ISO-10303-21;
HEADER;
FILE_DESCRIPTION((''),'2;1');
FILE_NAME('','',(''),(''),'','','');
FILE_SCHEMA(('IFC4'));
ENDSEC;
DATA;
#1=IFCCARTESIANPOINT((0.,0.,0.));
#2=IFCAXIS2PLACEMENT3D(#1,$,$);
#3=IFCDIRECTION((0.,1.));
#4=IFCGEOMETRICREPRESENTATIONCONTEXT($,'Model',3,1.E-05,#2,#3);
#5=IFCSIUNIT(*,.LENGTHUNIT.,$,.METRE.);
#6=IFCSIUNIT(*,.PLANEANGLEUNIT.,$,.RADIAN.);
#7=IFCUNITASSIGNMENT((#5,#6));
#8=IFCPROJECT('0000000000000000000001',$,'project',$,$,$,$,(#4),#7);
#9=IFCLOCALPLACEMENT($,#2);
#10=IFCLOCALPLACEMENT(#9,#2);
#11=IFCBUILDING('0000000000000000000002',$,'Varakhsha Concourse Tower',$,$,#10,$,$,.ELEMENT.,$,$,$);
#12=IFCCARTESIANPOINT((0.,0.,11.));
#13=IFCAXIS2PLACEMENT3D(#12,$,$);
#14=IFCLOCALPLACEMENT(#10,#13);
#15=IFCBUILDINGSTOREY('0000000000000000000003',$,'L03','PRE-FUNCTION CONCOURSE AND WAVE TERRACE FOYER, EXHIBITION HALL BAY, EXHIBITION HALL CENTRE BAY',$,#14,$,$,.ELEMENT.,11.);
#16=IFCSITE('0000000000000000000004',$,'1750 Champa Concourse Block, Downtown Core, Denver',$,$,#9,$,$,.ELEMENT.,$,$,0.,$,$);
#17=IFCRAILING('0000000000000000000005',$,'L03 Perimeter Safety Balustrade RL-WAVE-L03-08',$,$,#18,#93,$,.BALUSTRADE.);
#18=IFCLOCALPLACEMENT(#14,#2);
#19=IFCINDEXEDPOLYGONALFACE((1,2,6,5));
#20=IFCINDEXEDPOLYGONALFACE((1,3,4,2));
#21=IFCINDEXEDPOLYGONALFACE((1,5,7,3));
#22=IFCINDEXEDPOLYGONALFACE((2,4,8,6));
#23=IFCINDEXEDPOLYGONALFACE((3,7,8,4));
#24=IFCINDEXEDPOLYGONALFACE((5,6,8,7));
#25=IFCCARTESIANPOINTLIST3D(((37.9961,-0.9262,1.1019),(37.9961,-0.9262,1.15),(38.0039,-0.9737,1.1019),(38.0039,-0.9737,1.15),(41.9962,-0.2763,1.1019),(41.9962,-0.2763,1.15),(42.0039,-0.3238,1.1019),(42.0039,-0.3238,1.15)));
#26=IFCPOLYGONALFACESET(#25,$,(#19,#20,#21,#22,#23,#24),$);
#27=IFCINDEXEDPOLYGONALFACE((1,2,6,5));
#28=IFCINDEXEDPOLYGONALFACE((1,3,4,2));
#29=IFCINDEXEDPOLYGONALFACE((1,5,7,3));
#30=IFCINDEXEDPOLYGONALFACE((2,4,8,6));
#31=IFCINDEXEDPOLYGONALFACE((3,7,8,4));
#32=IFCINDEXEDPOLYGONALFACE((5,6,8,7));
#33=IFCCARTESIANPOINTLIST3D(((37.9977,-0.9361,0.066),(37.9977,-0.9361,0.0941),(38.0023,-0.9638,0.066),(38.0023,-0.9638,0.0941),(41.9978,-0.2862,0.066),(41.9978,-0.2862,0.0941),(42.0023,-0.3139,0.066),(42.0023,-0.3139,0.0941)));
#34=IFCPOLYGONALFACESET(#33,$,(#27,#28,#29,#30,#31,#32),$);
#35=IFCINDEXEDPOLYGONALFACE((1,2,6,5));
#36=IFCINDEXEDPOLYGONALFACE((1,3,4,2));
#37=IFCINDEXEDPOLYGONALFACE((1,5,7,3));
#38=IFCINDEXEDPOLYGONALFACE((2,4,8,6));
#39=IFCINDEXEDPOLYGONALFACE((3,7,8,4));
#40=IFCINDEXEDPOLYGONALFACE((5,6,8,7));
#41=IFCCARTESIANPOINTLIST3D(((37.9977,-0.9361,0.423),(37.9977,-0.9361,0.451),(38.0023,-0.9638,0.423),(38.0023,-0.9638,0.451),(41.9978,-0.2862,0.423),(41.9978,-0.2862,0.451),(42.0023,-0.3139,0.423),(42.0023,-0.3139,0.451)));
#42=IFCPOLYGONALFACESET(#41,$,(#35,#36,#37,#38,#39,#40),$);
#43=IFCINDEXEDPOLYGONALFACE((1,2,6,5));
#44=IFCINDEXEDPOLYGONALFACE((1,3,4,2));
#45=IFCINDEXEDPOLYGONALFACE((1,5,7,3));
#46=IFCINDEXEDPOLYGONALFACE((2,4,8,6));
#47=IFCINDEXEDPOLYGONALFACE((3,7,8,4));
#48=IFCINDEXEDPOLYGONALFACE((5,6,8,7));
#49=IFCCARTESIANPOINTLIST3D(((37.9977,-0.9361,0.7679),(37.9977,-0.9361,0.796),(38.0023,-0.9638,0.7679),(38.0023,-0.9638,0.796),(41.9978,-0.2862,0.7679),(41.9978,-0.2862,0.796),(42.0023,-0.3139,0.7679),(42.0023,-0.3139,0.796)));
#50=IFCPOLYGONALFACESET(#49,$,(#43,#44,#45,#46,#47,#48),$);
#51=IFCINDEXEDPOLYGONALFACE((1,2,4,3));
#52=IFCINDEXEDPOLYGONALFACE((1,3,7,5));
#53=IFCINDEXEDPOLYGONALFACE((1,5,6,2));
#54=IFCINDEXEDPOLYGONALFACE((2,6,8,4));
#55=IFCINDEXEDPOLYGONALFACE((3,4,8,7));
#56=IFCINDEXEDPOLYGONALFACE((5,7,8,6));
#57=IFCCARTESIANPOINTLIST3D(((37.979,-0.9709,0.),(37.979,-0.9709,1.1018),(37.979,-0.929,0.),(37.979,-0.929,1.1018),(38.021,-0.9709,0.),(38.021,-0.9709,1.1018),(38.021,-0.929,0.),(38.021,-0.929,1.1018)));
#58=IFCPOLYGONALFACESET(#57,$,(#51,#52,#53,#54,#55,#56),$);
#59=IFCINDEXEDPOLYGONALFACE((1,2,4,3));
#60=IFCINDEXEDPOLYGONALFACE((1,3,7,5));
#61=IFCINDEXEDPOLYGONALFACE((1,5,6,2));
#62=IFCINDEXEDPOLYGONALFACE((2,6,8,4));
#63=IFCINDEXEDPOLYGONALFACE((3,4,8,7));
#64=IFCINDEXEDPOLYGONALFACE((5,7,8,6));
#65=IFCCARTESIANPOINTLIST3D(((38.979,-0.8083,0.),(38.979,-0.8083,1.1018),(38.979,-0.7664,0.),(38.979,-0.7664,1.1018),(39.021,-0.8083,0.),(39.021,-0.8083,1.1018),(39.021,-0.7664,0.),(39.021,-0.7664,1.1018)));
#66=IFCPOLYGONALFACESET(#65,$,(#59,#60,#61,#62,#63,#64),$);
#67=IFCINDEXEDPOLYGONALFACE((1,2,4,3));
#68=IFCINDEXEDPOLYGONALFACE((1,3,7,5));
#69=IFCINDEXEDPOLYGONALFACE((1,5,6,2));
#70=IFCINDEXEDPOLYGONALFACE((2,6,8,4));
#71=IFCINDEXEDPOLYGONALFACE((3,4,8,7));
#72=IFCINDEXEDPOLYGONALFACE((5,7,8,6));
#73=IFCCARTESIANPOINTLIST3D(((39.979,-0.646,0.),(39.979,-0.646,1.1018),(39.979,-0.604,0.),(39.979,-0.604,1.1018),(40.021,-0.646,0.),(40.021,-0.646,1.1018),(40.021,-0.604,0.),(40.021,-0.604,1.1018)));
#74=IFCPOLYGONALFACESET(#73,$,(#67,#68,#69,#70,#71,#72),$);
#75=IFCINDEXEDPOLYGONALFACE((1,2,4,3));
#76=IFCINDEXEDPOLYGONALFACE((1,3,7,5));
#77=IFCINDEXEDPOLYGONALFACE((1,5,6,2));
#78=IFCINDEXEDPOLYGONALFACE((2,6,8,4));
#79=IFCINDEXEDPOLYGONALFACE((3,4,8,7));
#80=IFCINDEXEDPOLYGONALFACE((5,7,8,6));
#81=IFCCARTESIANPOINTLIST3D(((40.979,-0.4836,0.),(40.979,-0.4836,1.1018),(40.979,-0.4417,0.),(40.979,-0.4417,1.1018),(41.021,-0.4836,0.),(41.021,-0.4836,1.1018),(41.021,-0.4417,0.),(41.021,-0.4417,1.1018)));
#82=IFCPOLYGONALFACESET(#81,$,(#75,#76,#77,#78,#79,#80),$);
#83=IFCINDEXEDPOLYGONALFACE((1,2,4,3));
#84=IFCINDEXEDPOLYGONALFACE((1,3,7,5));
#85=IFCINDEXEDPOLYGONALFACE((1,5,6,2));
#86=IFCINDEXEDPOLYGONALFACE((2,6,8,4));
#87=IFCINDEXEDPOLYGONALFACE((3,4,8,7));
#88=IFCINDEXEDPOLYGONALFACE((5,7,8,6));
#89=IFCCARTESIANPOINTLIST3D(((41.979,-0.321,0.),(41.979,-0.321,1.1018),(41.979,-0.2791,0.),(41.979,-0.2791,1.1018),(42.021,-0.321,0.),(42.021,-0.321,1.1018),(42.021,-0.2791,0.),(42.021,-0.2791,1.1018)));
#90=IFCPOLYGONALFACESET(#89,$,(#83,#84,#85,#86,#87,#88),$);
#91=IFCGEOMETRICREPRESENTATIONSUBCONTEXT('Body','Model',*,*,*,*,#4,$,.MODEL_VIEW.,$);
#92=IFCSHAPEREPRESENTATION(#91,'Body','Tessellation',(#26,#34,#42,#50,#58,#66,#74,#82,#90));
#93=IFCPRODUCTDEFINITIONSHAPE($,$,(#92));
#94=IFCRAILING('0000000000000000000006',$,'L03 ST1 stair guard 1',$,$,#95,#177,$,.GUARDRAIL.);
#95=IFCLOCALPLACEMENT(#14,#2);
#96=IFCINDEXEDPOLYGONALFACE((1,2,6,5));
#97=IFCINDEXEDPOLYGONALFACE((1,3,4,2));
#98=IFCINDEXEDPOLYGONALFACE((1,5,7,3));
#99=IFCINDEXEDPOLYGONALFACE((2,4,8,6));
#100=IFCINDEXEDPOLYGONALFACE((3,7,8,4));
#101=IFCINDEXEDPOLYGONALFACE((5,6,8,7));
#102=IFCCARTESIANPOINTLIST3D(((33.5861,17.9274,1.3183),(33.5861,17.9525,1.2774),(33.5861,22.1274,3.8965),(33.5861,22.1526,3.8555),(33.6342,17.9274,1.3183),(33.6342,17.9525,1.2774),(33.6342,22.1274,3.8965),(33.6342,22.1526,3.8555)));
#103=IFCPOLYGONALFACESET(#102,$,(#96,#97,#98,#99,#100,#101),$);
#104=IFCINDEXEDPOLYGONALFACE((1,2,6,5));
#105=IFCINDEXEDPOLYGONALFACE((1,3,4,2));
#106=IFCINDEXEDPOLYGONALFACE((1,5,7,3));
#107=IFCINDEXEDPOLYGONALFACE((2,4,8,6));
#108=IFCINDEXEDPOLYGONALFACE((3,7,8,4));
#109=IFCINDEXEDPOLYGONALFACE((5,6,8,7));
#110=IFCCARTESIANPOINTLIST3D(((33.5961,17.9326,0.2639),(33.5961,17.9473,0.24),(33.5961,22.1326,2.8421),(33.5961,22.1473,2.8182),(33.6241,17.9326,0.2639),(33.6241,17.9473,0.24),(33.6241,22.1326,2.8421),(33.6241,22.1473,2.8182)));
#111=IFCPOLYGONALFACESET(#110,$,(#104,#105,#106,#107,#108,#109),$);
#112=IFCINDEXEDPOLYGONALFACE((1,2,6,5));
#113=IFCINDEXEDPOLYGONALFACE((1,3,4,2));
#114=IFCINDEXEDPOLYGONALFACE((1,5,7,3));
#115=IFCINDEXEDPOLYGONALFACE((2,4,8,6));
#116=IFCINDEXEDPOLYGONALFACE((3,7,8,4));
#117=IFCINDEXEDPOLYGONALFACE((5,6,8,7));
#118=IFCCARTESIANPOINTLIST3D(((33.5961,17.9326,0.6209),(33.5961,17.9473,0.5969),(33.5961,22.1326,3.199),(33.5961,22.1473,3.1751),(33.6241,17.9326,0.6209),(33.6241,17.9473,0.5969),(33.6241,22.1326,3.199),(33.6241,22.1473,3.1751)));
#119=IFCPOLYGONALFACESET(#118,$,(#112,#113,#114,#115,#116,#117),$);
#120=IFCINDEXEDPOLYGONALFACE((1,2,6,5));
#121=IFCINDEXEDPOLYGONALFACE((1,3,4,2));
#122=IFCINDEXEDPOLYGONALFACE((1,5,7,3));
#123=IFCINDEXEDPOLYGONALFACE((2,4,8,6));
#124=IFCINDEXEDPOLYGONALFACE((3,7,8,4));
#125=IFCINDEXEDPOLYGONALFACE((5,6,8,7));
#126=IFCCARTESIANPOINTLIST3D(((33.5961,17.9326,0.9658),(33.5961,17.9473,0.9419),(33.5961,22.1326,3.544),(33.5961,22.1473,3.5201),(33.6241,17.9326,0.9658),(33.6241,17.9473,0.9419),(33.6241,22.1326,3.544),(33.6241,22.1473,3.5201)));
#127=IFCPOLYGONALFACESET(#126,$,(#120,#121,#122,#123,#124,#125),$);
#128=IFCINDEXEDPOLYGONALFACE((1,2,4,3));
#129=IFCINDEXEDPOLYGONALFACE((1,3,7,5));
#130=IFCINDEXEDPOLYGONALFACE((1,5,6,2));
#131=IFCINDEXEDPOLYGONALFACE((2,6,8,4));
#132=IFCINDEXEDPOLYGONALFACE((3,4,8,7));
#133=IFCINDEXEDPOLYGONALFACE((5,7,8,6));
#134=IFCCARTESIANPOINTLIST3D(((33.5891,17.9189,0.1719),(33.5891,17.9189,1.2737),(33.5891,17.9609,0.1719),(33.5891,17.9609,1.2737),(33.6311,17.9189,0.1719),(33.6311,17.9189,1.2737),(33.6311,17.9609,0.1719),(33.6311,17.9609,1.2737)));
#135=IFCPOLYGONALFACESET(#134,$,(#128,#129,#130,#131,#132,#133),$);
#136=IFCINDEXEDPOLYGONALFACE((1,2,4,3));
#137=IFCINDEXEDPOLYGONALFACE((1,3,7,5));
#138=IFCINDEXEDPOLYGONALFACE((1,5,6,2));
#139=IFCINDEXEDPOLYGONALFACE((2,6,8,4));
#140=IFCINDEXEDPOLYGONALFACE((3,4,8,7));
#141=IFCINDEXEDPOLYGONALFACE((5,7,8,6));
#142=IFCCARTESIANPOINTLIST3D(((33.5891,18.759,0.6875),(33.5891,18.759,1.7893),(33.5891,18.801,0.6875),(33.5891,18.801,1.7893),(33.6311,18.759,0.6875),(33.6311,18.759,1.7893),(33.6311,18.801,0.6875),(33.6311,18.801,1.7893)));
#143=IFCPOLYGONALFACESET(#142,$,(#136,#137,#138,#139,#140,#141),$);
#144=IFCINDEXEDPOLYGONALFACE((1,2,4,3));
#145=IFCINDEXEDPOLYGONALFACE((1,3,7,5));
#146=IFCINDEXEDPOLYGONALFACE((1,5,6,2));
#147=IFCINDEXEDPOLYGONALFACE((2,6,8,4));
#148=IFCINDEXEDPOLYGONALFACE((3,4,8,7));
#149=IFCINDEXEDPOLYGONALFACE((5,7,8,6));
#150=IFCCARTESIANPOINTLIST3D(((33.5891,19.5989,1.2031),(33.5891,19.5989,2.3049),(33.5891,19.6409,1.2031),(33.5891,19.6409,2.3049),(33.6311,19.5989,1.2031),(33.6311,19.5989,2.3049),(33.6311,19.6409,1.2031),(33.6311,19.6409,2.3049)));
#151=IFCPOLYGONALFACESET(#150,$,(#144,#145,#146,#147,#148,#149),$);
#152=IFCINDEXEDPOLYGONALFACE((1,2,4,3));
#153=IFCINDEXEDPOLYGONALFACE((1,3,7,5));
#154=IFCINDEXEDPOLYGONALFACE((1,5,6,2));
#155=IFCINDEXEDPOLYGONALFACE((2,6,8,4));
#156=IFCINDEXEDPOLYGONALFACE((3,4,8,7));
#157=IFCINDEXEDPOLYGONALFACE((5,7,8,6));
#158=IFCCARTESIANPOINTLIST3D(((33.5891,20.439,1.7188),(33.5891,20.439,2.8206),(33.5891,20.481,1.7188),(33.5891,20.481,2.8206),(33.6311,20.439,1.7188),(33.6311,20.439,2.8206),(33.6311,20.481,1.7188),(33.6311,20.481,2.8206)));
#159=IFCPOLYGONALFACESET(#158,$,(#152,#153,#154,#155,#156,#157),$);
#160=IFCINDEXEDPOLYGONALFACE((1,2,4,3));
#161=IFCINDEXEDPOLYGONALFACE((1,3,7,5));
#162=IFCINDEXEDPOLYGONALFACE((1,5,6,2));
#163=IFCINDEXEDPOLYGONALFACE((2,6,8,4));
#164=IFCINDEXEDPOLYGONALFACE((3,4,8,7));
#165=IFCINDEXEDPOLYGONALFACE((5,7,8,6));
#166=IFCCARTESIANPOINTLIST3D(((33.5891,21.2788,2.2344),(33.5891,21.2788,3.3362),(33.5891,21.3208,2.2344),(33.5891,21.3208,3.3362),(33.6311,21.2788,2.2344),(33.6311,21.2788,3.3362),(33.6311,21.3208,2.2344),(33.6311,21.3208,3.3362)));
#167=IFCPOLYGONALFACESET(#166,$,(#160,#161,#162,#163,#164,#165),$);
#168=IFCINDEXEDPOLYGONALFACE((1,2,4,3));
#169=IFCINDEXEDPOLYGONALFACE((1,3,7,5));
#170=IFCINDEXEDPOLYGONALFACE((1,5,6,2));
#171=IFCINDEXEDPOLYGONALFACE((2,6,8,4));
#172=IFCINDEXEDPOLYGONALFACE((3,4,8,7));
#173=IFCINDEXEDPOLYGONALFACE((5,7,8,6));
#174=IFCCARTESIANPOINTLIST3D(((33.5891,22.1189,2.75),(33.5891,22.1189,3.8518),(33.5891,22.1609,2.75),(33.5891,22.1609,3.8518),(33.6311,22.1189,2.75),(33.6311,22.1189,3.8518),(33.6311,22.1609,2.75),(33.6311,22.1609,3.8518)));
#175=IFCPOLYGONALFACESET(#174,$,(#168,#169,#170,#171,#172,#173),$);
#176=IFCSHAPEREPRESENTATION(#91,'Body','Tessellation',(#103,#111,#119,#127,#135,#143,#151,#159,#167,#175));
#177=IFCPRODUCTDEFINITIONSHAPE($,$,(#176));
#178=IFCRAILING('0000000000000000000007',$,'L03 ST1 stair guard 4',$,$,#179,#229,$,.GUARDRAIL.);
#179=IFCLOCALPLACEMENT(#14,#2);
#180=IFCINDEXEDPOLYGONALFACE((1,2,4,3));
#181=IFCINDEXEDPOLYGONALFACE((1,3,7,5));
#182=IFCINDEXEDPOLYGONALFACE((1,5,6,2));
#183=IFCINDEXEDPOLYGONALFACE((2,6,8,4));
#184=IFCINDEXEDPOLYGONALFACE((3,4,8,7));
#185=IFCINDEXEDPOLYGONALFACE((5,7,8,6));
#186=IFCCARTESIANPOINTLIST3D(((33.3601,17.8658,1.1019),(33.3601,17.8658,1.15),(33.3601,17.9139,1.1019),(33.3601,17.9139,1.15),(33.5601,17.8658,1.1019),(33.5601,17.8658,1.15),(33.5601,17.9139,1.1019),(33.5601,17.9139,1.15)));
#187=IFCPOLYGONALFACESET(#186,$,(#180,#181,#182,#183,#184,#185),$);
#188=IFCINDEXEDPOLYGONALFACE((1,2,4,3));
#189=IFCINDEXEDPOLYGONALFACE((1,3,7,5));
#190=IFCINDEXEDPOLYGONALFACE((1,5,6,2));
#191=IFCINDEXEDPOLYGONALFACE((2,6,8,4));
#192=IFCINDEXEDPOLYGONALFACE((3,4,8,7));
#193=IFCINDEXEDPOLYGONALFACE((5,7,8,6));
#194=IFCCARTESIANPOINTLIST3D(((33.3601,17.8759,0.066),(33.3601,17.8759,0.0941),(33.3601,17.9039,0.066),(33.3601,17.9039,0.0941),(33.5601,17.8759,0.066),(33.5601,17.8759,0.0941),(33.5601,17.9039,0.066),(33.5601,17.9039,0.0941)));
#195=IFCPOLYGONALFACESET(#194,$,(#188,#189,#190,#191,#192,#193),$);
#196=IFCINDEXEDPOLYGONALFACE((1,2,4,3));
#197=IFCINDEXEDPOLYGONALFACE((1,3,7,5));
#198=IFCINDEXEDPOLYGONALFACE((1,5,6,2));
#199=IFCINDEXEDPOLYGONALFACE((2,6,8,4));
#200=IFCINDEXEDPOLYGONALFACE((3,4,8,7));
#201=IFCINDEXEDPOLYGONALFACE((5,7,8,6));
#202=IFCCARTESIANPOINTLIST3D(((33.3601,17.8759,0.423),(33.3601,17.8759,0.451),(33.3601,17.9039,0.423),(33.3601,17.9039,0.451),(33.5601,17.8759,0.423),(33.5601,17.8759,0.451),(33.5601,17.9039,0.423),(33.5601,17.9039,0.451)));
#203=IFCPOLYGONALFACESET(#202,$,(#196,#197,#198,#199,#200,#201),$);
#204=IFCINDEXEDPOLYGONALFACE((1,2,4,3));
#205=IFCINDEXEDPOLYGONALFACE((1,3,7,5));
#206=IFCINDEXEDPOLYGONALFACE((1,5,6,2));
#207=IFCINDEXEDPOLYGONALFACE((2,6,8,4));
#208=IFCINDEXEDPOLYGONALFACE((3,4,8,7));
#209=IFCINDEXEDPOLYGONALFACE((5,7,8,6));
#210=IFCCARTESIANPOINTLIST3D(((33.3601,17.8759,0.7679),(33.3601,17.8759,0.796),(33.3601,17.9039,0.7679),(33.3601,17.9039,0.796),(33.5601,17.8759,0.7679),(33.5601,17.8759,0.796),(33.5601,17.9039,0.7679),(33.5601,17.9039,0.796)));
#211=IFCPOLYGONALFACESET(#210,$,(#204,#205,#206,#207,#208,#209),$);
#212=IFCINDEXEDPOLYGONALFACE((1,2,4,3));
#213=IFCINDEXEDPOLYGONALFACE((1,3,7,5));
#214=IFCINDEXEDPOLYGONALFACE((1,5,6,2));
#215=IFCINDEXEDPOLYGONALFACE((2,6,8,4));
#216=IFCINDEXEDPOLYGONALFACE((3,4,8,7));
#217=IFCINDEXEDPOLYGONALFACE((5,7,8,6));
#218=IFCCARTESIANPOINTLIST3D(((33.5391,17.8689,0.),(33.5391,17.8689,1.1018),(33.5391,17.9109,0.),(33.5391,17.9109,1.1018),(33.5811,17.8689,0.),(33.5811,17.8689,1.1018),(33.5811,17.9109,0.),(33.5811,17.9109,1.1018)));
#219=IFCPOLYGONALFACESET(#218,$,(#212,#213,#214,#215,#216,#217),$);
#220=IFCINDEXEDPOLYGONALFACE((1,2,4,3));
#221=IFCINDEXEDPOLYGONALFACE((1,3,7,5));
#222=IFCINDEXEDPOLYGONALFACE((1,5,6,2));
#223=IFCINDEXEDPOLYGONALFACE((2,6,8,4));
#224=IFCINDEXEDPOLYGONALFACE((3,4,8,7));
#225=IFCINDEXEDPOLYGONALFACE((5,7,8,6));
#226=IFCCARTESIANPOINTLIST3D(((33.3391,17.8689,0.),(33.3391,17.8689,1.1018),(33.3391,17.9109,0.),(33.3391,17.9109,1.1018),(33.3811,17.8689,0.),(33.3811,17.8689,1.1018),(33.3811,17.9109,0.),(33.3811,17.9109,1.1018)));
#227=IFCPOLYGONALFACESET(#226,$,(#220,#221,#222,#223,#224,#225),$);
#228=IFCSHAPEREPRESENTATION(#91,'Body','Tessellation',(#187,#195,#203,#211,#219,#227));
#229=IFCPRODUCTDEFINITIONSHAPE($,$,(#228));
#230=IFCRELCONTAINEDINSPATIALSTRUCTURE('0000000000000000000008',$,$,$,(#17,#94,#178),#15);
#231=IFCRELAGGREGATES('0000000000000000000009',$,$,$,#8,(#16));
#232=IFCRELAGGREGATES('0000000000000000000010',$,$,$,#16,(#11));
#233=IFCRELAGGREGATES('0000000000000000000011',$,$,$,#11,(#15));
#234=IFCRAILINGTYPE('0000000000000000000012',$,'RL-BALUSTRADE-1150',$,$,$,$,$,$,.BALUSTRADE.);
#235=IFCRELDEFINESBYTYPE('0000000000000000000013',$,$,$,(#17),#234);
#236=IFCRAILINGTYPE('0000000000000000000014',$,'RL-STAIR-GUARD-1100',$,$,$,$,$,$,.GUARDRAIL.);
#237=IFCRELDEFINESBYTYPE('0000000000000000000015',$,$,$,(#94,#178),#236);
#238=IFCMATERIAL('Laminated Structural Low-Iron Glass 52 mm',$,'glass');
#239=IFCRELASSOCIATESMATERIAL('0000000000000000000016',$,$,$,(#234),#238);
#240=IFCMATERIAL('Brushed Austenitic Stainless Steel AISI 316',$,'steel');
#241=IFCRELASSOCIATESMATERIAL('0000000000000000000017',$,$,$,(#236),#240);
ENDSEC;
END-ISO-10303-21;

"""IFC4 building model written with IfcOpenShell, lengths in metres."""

from ifc_helpers import new_model, si_unit, direction, frame, origin, origin_2d, place, context, subcontext, project, spatial, rectangle, extrude, material, type_object, element, save


model = new_model("IFC4")

# Units and contexts
model_context = context("Model", 3, precision=1e-05, world=origin(), true_north=direction((0.0, 1.0)))
body_context = subcontext(model_context, "Body", "Model", "MODEL_VIEW")
ifc_project = project(units=[si_unit("LENGTHUNIT", "METRE"), si_unit("PLANEANGLEUNIT", "RADIAN")], contexts=[model_context])

# Site, building, storey
site_placement = place(None, origin())
site = spatial("IfcSite", under=ifc_project, at=site_placement, Name="1750 Champa Concourse Block, Downtown Core, Denver", CompositionType="ELEMENT", RefElevation=0.0)
building_placement = place(site_placement, origin())
building = spatial("IfcBuilding", under=site, at=building_placement, Name="Varakhsha Concourse Tower", CompositionType="ELEMENT")
storey_placement = place(building_placement, frame((0.0, 0.0, 11.0)))
storey = spatial("IfcBuildingStorey", under=building, at=storey_placement, Name="L03", Description="PRE-FUNCTION CONCOURSE AND WAVE TERRACE FOYER, EXHIBITION HALL BAY, EXHIBITION HALL CENTRE BAY", CompositionType="ELEMENT", Elevation=11.0)

# Railings
ifc_material_1 = material(Name="Laminated Structural Low-Iron Glass 52 mm", Category="glass")
railing_type_1 = type_object("IfcRailingType", Name="RL-BALUSTRADE-1150", PredefinedType="BALUSTRADE", material=ifc_material_1)
railing_1_placement = place(storey_placement, frame((38.0, -0.95, 0.0)))
element("IfcRailing", 1, at=railing_1_placement, inside=storey, type_object=railing_type_1, Name="L03 Perimeter Safety Balustrade RL-WAVE-L03-08", PredefinedType="BALUSTRADE", context=body_context, shape_type="SweptSolid", body=[
    extrude(rectangle(XDim=0.0481, YDim=0.0481, at=origin_2d()), frame((0.0, 0.0, 1.126), z_axis=(0.987057, 0.160373, 0.0), x_axis=(-0.160373, 0.987057, 0.0)), (0.0, 0.0, 1.0), 4.0525),
    extrude(rectangle(XDim=0.0281, YDim=0.0281, at=origin_2d()), frame((0.0, 0.0, 0.0801), z_axis=(0.987057, 0.160373, 0.0), x_axis=(-0.160373, 0.987057, 0.0)), (0.0, 0.0, 1.0), 4.0525),
    extrude(rectangle(XDim=0.0281, YDim=0.0281, at=origin_2d()), frame((0.0, 0.0, 0.437), z_axis=(0.987057, 0.160373, 0.0), x_axis=(-0.160373, 0.987057, 0.0)), (0.0, 0.0, 1.0), 4.0525),
    extrude(rectangle(XDim=0.0281, YDim=0.0281, at=origin_2d()), frame((0.0, 0.0, 0.782), z_axis=(0.987057, 0.160373, 0.0), x_axis=(-0.160373, 0.987057, 0.0)), (0.0, 0.0, 1.0), 4.0525),
    extrude(rectangle(XDim=0.042, YDim=0.042, at=origin_2d()), origin(), (0.0, 0.0, 1.0), 1.1018),
    extrude(rectangle(XDim=0.042, YDim=0.042, at=origin_2d()), frame((1.0, 0.1626, 0.0)), (0.0, 0.0, 1.0), 1.1018),
    extrude(rectangle(XDim=0.042, YDim=0.042, at=origin_2d()), frame((2.0, 0.325, 0.0)), (0.0, 0.0, 1.0), 1.1018),
    extrude(rectangle(XDim=0.042, YDim=0.042, at=origin_2d()), frame((3.0, 0.4873, 0.0)), (0.0, 0.0, 1.0), 1.1018),
    extrude(rectangle(XDim=0.042, YDim=0.042, at=origin_2d()), frame((4.0, 0.6499, 0.0)), (0.0, 0.0, 1.0), 1.1018),
])
ifc_material_2 = material(Name="Brushed Austenitic Stainless Steel AISI 316", Category="steel")
railing_type_2 = type_object("IfcRailingType", Name="RL-STAIR-GUARD-1100", PredefinedType="GUARDRAIL", material=ifc_material_2)
railing_2_placement = place(storey_placement, frame((33.6101, 17.9399, 0.1719)))
element("IfcRailing", 2, at=railing_2_placement, inside=storey, type_object=railing_type_2, Name="L03 ST1 stair guard 1", PredefinedType="GUARDRAIL", context=body_context, shape_type="SweptSolid", body=[
    extrude(rectangle(XDim=0.0481, YDim=0.0481, at=origin_2d()), frame((0.0, 0.0, 1.126), z_axis=(0.0, 0.852243, 0.523146), x_axis=(-1.0, 0.0, 0.0)), (0.0, 0.0, 1.0), 4.9282),
    extrude(rectangle(XDim=0.0281, YDim=0.0281, at=origin_2d()), frame((0.0, 0.0, 0.0801), z_axis=(0.0, 0.852243, 0.523146), x_axis=(-1.0, 0.0, 0.0)), (0.0, 0.0, 1.0), 4.9282),
    extrude(rectangle(XDim=0.0281, YDim=0.0281, at=origin_2d()), frame((0.0, 0.0, 0.437), z_axis=(0.0, 0.852243, 0.523146), x_axis=(-1.0, 0.0, 0.0)), (0.0, 0.0, 1.0), 4.9282),
    extrude(rectangle(XDim=0.0281, YDim=0.0281, at=origin_2d()), frame((0.0, 0.0, 0.782), z_axis=(0.0, 0.852243, 0.523146), x_axis=(-1.0, 0.0, 0.0)), (0.0, 0.0, 1.0), 4.9282),
    extrude(rectangle(XDim=0.042, YDim=0.042, at=origin_2d()), origin(), (0.0, 0.0, 1.0), 1.1018),
    extrude(rectangle(XDim=0.042, YDim=0.042, at=origin_2d()), frame((0.0, 0.8401, 0.5156)), (0.0, 0.0, 1.0), 1.1018),
    extrude(rectangle(XDim=0.042, YDim=0.042, at=origin_2d()), frame((0.0, 1.6799, 1.0312)), (0.0, 0.0, 1.0), 1.1018),
    extrude(rectangle(XDim=0.042, YDim=0.042, at=origin_2d()), frame((0.0, 2.52, 1.5469)), (0.0, 0.0, 1.0), 1.1018),
    extrude(rectangle(XDim=0.042, YDim=0.042, at=origin_2d()), frame((0.0, 3.3599, 2.0625)), (0.0, 0.0, 1.0), 1.1018),
    extrude(rectangle(XDim=0.042, YDim=0.042, at=origin_2d()), frame((0.0, 4.2, 2.5781)), (0.0, 0.0, 1.0), 1.1018),
])
railing_3_placement = place(storey_placement, frame((33.5601, 17.8899, 0.0)))
element("IfcRailing", 3, at=railing_3_placement, inside=storey, type_object=railing_type_2, Name="L03 ST1 stair guard 4", PredefinedType="GUARDRAIL", context=body_context, shape_type="SweptSolid", body=[
    extrude(rectangle(XDim=0.0481, YDim=0.0481, at=origin_2d()), frame((0.0, 0.0, 1.126), z_axis=(-1.0, 0.0, 0.0), x_axis=(0.0, -1.0, 0.0)), (0.0, 0.0, 1.0), 0.2),
    extrude(rectangle(XDim=0.0281, YDim=0.0281, at=origin_2d()), frame((0.0, 0.0, 0.0801), z_axis=(-1.0, 0.0, 0.0), x_axis=(0.0, -1.0, 0.0)), (0.0, 0.0, 1.0), 0.2),
    extrude(rectangle(XDim=0.0281, YDim=0.0281, at=origin_2d()), frame((0.0, 0.0, 0.437), z_axis=(-1.0, 0.0, 0.0), x_axis=(0.0, -1.0, 0.0)), (0.0, 0.0, 1.0), 0.2),
    extrude(rectangle(XDim=0.0281, YDim=0.0281, at=origin_2d()), frame((0.0, 0.0, 0.782), z_axis=(-1.0, 0.0, 0.0), x_axis=(0.0, -1.0, 0.0)), (0.0, 0.0, 1.0), 0.2),
    extrude(rectangle(XDim=0.042, YDim=0.042, at=origin_2d()), origin(), (0.0, 0.0, 1.0), 1.1018),
    extrude(rectangle(XDim=0.042, YDim=0.042, at=origin_2d()), frame((-0.2, 0.0, 0.0)), (0.0, 0.0, 1.0), 1.1018),
])

save(model, "model.ifc")
